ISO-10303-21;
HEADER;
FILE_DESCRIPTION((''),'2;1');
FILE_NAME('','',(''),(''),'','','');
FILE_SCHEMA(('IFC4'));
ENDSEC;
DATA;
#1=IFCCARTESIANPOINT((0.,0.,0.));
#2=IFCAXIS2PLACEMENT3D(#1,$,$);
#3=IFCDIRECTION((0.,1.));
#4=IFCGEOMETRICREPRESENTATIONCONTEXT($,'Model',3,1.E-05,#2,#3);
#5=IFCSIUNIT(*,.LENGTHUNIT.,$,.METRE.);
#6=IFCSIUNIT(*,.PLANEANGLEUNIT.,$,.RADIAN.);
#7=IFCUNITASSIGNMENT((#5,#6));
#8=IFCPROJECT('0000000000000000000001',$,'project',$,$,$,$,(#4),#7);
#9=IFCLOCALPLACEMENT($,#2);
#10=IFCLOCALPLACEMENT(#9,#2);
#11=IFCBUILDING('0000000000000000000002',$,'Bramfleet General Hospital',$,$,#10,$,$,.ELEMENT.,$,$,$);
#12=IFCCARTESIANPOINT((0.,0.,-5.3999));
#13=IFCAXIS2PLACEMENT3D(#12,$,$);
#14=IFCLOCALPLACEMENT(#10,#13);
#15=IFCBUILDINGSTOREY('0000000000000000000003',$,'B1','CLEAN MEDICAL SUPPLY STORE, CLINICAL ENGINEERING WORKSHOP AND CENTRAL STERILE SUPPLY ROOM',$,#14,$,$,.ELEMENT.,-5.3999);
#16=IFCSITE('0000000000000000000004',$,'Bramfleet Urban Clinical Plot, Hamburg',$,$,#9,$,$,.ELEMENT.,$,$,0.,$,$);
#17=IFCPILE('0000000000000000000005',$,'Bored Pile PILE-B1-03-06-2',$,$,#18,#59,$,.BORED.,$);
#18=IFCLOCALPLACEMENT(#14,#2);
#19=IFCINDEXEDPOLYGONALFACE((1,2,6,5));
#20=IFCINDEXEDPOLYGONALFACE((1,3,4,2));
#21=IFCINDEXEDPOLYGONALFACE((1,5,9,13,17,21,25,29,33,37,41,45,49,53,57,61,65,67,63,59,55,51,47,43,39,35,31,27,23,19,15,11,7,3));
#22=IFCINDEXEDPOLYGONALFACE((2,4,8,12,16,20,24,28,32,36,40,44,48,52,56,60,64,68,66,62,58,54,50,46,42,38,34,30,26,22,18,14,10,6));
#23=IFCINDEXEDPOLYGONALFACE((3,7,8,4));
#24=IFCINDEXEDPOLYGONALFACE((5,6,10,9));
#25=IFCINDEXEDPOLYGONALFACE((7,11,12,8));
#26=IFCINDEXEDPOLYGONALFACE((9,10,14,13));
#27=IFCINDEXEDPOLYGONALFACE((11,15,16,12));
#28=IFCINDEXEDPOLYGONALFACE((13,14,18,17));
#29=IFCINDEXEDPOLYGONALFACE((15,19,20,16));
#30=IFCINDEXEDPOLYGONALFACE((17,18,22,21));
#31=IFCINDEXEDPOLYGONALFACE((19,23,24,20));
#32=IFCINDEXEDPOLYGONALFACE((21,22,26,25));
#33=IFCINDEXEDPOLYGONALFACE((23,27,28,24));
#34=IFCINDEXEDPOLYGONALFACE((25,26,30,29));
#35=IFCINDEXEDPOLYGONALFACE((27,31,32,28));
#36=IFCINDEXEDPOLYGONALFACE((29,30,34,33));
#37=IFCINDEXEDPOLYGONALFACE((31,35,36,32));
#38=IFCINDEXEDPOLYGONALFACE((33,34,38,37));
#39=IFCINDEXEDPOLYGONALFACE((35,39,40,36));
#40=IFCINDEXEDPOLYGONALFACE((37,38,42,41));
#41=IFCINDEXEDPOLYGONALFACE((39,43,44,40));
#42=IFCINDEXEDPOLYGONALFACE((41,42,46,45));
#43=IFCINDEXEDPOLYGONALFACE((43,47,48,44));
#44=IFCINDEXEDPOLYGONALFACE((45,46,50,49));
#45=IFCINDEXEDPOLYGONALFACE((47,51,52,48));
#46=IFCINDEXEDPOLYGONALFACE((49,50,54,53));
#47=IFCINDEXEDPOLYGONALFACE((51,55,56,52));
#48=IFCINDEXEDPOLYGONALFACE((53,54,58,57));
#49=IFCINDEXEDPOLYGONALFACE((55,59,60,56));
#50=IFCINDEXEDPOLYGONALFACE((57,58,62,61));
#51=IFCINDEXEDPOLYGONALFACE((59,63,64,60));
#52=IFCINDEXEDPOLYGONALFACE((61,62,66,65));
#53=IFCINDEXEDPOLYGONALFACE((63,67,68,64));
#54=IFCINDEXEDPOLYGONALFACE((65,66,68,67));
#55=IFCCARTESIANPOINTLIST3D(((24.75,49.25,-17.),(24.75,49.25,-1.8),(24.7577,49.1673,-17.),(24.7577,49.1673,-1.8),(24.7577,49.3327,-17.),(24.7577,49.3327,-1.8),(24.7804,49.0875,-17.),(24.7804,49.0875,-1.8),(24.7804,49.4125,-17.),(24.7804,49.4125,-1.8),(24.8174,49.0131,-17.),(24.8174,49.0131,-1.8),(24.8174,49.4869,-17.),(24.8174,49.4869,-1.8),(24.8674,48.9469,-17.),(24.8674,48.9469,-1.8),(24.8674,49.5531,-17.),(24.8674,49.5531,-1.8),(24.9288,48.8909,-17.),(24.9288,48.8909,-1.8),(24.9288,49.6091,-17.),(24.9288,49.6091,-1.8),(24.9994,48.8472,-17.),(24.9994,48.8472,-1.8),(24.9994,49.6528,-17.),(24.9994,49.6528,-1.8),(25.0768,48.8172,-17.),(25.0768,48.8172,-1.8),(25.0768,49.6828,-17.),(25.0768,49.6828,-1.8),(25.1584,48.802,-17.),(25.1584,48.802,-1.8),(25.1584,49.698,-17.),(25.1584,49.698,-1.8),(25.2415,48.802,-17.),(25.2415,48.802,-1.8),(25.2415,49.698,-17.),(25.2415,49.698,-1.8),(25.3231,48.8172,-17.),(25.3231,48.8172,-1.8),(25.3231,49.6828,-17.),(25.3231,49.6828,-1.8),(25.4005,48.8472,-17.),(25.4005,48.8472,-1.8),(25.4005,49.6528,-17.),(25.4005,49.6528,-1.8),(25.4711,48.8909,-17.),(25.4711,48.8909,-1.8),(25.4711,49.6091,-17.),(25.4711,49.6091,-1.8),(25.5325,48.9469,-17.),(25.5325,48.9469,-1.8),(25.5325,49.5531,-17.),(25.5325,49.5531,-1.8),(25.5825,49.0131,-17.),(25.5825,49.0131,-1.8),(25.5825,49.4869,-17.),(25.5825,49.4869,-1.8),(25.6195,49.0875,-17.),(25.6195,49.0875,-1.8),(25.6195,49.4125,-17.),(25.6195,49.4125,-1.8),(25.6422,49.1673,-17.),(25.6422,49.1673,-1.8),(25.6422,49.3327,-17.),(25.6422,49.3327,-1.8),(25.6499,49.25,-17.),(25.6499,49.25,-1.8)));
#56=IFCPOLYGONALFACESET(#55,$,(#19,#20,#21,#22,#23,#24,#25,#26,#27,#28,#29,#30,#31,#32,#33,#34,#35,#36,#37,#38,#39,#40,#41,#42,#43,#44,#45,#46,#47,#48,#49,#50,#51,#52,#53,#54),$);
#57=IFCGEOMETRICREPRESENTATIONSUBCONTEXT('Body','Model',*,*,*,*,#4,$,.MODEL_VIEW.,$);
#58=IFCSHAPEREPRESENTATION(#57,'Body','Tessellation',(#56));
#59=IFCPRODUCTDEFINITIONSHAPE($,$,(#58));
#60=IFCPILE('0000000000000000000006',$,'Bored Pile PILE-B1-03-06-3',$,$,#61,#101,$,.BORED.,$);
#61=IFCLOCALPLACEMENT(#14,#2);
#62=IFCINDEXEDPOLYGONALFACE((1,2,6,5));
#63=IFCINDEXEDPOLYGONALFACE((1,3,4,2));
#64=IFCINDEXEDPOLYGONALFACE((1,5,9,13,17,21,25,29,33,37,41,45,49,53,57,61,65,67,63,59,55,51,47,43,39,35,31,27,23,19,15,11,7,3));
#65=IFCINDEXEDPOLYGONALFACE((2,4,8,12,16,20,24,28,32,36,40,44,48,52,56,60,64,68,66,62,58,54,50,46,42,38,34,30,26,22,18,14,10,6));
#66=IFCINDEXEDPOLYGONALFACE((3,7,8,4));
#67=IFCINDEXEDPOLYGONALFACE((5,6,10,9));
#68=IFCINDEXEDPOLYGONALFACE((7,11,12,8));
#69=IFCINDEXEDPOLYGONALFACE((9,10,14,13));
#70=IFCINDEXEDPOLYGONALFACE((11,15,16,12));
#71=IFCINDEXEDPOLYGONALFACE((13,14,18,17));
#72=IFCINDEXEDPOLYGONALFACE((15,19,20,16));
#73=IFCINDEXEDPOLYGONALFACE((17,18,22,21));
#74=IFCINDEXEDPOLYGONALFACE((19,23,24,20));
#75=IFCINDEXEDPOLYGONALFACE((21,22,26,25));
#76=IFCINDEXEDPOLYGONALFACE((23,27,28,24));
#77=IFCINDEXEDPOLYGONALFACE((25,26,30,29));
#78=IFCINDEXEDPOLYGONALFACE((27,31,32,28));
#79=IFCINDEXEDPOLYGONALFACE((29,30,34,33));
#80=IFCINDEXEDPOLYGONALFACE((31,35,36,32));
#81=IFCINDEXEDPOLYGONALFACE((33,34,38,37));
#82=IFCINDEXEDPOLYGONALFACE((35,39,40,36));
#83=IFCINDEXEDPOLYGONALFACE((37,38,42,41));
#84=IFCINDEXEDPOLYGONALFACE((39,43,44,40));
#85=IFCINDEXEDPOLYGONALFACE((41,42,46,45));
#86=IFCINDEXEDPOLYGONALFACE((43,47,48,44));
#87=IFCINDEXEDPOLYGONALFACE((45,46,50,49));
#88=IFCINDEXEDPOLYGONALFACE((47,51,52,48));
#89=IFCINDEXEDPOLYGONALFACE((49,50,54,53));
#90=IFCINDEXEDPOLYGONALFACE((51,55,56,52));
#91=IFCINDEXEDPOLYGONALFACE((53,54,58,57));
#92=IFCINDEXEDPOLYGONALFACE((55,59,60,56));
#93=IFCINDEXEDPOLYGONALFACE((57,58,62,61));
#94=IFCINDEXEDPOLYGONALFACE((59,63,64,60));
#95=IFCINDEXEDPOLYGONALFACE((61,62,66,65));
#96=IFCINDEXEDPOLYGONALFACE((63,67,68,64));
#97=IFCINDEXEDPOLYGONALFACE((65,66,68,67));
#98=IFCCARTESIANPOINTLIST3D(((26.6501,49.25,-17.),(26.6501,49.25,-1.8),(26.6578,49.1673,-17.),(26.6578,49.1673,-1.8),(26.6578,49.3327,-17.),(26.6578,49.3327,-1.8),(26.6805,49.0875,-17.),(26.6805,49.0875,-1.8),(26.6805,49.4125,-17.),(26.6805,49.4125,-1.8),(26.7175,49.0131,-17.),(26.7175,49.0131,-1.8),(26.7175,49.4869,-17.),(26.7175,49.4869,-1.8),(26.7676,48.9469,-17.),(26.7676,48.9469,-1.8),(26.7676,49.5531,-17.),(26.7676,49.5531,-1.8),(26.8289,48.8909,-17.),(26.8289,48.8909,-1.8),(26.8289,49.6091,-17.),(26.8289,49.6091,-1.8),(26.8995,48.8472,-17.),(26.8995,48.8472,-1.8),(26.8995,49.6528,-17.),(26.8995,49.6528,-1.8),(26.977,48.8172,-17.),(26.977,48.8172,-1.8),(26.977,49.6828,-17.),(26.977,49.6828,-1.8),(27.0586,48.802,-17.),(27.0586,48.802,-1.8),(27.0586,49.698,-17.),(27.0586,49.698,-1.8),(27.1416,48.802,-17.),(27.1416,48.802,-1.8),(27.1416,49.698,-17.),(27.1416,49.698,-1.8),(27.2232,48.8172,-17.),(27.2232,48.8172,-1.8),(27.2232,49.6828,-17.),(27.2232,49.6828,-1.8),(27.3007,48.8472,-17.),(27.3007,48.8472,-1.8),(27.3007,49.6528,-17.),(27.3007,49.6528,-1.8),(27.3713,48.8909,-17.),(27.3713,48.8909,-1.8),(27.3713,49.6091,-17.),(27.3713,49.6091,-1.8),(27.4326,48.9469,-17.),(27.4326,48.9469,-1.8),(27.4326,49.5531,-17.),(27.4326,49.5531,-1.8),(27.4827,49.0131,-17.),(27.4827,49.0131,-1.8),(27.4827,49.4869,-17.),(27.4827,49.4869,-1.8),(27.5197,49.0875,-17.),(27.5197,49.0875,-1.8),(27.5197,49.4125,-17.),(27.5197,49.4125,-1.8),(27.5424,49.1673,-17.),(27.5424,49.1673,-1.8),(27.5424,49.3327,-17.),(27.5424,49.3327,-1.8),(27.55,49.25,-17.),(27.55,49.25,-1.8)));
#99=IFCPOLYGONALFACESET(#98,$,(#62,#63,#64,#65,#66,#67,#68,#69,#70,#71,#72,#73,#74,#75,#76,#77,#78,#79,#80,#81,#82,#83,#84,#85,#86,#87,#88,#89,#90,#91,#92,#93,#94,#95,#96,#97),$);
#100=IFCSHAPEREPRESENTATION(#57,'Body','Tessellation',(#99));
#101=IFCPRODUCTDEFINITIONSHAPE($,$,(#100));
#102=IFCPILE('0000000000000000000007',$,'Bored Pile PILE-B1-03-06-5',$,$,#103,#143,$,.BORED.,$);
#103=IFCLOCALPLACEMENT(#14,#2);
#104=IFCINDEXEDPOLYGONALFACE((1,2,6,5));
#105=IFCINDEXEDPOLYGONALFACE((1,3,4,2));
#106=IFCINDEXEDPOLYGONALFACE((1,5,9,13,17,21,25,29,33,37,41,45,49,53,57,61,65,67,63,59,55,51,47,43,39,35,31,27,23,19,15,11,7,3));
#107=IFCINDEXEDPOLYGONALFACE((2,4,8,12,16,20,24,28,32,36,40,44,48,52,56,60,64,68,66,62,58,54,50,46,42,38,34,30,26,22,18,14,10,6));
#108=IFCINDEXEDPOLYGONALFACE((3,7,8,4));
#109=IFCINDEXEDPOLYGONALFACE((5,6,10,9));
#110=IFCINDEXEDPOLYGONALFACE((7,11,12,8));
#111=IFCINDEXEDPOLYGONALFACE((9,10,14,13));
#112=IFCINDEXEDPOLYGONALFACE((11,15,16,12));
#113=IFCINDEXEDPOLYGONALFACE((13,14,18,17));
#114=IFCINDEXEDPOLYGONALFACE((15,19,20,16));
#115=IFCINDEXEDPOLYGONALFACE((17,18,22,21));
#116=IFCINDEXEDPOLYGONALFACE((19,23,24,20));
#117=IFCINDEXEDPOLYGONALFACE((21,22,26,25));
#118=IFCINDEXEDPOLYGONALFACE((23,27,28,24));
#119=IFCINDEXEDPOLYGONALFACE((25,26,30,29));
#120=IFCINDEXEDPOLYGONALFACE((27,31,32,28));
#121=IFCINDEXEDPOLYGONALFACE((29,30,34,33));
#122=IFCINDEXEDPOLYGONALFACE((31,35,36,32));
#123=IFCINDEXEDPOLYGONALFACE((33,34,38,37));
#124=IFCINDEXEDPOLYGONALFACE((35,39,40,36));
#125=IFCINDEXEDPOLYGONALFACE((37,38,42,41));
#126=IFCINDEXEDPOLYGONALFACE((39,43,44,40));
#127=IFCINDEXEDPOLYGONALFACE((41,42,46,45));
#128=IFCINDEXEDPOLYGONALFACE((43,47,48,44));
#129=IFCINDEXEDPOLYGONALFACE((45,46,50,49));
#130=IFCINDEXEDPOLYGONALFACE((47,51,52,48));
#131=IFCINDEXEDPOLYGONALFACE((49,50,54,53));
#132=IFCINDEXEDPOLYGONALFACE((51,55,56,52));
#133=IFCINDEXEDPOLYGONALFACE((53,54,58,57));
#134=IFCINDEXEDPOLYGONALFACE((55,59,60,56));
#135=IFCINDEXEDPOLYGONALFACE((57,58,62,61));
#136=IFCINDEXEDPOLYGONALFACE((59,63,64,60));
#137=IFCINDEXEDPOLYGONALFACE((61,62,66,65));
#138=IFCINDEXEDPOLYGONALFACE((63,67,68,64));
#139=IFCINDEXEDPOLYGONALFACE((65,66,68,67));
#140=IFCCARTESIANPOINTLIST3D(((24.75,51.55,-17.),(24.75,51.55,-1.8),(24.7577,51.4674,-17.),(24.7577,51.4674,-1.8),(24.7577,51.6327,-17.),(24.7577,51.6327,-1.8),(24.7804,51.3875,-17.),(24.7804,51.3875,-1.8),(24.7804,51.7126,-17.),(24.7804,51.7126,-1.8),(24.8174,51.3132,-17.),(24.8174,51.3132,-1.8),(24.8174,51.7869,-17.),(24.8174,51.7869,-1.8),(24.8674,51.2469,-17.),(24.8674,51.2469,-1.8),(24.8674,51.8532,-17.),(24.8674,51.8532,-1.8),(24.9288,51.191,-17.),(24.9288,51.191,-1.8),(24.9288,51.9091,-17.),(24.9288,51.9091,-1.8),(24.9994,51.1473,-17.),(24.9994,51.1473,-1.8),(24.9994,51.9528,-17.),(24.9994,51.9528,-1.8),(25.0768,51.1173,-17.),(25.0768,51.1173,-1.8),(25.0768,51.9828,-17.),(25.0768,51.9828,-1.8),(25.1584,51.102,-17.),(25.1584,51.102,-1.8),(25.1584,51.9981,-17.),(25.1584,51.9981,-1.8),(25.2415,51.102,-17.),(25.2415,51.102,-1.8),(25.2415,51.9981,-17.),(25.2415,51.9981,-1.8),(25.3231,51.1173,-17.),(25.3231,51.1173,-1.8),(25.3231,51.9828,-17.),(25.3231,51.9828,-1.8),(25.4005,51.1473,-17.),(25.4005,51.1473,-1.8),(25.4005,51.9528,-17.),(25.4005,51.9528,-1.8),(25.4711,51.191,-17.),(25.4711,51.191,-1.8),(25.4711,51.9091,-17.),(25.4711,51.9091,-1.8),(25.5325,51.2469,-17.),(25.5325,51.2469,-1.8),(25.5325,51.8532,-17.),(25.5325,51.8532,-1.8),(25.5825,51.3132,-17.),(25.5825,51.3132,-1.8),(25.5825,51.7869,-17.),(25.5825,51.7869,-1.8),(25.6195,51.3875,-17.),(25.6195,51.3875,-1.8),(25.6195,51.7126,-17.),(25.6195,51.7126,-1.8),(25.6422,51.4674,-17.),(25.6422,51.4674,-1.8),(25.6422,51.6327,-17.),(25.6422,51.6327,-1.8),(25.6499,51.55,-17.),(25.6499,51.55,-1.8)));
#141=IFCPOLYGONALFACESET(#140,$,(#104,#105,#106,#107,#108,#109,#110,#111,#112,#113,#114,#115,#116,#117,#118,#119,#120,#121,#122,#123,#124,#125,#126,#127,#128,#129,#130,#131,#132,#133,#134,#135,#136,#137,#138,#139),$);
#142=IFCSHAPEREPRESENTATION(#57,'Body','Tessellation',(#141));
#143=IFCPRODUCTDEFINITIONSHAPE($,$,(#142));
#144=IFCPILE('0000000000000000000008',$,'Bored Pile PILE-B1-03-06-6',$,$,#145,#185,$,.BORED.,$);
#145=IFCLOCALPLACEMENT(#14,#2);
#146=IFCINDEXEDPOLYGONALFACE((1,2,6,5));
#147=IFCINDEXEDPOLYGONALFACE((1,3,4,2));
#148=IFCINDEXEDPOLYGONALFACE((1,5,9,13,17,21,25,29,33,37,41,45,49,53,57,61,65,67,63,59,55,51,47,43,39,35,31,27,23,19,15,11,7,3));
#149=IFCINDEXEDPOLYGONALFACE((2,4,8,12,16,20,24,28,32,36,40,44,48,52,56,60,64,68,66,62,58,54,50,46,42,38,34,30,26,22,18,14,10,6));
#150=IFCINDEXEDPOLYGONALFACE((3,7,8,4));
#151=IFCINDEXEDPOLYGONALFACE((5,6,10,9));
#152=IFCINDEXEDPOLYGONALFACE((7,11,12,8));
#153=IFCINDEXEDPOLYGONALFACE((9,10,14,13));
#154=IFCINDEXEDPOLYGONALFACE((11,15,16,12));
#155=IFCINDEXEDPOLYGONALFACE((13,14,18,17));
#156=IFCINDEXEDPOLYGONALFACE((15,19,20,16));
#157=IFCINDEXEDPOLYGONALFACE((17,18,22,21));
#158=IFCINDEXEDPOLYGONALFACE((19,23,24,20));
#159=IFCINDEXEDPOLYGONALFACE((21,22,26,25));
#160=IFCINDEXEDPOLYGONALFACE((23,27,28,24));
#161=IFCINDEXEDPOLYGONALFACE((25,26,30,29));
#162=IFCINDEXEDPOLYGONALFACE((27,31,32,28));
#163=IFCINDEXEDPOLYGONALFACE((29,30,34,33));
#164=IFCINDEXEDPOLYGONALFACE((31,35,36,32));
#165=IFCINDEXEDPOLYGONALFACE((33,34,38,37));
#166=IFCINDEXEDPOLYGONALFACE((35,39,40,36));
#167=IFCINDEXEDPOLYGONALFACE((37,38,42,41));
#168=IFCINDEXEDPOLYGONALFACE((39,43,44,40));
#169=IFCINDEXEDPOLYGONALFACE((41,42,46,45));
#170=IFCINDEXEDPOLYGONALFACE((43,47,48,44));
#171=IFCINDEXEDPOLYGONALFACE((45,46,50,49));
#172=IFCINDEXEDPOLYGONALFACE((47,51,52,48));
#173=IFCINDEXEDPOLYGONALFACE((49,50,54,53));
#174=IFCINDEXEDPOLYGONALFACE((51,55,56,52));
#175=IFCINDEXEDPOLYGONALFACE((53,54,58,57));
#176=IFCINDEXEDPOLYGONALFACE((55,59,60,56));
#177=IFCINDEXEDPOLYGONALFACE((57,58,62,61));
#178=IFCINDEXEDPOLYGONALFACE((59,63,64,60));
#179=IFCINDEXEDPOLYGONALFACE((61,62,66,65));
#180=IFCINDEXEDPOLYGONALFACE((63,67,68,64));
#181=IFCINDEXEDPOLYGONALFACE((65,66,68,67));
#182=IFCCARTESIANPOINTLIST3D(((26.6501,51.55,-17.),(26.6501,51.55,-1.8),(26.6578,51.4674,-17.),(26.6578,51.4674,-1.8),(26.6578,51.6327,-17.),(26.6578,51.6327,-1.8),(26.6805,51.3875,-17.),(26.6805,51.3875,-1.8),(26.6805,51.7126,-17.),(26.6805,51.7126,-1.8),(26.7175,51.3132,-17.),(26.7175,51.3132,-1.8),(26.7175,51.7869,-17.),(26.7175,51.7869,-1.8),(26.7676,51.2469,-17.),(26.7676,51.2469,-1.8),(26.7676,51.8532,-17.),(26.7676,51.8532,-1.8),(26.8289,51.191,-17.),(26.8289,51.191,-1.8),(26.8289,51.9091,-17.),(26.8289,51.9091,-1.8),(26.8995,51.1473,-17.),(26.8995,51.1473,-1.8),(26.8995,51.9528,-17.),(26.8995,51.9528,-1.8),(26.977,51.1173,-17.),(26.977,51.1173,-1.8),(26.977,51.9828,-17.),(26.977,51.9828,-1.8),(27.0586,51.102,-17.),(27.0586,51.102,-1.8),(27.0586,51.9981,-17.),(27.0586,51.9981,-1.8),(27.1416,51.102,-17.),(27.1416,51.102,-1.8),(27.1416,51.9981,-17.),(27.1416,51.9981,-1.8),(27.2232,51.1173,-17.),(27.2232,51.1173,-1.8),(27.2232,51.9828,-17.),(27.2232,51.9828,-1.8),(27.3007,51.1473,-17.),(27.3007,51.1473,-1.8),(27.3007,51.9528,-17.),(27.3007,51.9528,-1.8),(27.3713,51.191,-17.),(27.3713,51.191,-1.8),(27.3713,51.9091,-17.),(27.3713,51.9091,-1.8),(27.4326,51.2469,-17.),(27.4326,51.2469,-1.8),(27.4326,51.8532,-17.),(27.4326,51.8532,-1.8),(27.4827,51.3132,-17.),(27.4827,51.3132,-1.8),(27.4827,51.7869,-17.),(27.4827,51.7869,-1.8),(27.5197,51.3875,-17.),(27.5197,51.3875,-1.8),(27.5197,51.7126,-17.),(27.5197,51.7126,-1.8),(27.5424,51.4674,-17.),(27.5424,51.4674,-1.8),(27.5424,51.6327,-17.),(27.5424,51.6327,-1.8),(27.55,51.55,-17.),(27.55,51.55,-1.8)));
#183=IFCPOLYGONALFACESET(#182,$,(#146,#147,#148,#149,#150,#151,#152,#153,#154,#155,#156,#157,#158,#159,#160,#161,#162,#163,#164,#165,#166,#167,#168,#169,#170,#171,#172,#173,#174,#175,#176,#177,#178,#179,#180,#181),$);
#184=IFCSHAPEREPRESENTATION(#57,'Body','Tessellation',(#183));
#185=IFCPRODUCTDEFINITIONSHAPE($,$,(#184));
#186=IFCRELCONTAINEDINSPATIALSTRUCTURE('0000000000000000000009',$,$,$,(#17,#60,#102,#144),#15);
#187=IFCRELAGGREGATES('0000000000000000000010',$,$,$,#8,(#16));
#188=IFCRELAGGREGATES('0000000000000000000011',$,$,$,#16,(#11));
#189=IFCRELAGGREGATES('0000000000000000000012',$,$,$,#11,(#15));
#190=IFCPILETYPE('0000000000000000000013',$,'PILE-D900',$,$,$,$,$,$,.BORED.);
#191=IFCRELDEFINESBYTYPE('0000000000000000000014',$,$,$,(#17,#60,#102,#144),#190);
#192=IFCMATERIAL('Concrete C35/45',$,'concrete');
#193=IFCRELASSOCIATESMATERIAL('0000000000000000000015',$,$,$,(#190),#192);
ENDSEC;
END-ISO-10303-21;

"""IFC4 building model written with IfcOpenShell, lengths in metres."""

from ifc_helpers import new_model, si_unit, direction, frame, origin, origin_2d, place, context, subcontext, project, spatial, circle, extrude, material, material_profile, profile_set, type_object, element, save


model = new_model("IFC4")

# Units and contexts
model_context = context("Model", 3, precision=1e-05, world=origin(), true_north=direction((0.0, 1.0)))
body_context = subcontext(model_context, "Body", "Model", "MODEL_VIEW")
ifc_project = project(units=[si_unit("LENGTHUNIT", "METRE"), si_unit("PLANEANGLEUNIT", "RADIAN")], contexts=[model_context])

# Site, building, storey
site_placement = place(None, origin())
site = spatial("IfcSite", under=ifc_project, at=site_placement, Name="Bramfleet Urban Clinical Plot, Hamburg", CompositionType="ELEMENT", RefElevation=0.0)
building_placement = place(site_placement, origin())
building = spatial("IfcBuilding", under=site, at=building_placement, Name="Bramfleet General Hospital", CompositionType="ELEMENT")
storey_placement = place(building_placement, frame((0.0, 0.0, -5.3999)))
storey = spatial("IfcBuildingStorey", under=building, at=storey_placement, Name="B1", Description="CLEAN MEDICAL SUPPLY STORE, CLINICAL ENGINEERING WORKSHOP AND CENTRAL STERILE SUPPLY ROOM", CompositionType="ELEMENT", Elevation=-5.3999)

# Shared definitions
ifc_material_1 = material(Name="Concrete C35/45", Category="concrete")

# Piles
ifc_material_profile_1 = material_profile(ifc_material_1, circle(Radius=0.45, at=origin_2d()), Name="PILE BORED D900")
ifc_profile_set_1 = profile_set([ifc_material_profile_1], Name="Concrete C35/45")
pile_type_1 = type_object("IfcPileType", Name="PILE-D900", PredefinedType="BORED", material=ifc_profile_set_1)
for number, where, z_axis, x_axis, name in (
    (1, (25.2, 49.25, -1.8), (0.0, 0.0, -1.0), (1.0, 0.0, 0.0), "Bored Pile PILE-B1-03-06-2"),
    (2, (27.1001, 49.25, -1.8), (0.0, 0.0, -1.0), (1.0, 0.0, 0.0), "Bored Pile PILE-B1-03-06-3"),
    (3, (25.2, 51.55, -1.8), (0.0, 0.0, -1.0), (1.0, 0.0, 0.0), "Bored Pile PILE-B1-03-06-5"),
    (4, (27.1001, 51.55, -1.8), (0.0, 0.0, -1.0), (1.0, 0.0, 0.0), "Bored Pile PILE-B1-03-06-6"),
):
    element("IfcPile", number, at=place(storey_placement, frame(where, z_axis=z_axis, x_axis=x_axis)), inside=storey, type_object=pile_type_1, Name=name, PredefinedType="BORED", context=body_context, shape_type="SweptSolid", body=[
        extrude(circle(Radius=0.45, at=origin_2d()), origin(), (0.0, 0.0, 1.0), 15.2),
    ])

save(model, "model.ifc")
